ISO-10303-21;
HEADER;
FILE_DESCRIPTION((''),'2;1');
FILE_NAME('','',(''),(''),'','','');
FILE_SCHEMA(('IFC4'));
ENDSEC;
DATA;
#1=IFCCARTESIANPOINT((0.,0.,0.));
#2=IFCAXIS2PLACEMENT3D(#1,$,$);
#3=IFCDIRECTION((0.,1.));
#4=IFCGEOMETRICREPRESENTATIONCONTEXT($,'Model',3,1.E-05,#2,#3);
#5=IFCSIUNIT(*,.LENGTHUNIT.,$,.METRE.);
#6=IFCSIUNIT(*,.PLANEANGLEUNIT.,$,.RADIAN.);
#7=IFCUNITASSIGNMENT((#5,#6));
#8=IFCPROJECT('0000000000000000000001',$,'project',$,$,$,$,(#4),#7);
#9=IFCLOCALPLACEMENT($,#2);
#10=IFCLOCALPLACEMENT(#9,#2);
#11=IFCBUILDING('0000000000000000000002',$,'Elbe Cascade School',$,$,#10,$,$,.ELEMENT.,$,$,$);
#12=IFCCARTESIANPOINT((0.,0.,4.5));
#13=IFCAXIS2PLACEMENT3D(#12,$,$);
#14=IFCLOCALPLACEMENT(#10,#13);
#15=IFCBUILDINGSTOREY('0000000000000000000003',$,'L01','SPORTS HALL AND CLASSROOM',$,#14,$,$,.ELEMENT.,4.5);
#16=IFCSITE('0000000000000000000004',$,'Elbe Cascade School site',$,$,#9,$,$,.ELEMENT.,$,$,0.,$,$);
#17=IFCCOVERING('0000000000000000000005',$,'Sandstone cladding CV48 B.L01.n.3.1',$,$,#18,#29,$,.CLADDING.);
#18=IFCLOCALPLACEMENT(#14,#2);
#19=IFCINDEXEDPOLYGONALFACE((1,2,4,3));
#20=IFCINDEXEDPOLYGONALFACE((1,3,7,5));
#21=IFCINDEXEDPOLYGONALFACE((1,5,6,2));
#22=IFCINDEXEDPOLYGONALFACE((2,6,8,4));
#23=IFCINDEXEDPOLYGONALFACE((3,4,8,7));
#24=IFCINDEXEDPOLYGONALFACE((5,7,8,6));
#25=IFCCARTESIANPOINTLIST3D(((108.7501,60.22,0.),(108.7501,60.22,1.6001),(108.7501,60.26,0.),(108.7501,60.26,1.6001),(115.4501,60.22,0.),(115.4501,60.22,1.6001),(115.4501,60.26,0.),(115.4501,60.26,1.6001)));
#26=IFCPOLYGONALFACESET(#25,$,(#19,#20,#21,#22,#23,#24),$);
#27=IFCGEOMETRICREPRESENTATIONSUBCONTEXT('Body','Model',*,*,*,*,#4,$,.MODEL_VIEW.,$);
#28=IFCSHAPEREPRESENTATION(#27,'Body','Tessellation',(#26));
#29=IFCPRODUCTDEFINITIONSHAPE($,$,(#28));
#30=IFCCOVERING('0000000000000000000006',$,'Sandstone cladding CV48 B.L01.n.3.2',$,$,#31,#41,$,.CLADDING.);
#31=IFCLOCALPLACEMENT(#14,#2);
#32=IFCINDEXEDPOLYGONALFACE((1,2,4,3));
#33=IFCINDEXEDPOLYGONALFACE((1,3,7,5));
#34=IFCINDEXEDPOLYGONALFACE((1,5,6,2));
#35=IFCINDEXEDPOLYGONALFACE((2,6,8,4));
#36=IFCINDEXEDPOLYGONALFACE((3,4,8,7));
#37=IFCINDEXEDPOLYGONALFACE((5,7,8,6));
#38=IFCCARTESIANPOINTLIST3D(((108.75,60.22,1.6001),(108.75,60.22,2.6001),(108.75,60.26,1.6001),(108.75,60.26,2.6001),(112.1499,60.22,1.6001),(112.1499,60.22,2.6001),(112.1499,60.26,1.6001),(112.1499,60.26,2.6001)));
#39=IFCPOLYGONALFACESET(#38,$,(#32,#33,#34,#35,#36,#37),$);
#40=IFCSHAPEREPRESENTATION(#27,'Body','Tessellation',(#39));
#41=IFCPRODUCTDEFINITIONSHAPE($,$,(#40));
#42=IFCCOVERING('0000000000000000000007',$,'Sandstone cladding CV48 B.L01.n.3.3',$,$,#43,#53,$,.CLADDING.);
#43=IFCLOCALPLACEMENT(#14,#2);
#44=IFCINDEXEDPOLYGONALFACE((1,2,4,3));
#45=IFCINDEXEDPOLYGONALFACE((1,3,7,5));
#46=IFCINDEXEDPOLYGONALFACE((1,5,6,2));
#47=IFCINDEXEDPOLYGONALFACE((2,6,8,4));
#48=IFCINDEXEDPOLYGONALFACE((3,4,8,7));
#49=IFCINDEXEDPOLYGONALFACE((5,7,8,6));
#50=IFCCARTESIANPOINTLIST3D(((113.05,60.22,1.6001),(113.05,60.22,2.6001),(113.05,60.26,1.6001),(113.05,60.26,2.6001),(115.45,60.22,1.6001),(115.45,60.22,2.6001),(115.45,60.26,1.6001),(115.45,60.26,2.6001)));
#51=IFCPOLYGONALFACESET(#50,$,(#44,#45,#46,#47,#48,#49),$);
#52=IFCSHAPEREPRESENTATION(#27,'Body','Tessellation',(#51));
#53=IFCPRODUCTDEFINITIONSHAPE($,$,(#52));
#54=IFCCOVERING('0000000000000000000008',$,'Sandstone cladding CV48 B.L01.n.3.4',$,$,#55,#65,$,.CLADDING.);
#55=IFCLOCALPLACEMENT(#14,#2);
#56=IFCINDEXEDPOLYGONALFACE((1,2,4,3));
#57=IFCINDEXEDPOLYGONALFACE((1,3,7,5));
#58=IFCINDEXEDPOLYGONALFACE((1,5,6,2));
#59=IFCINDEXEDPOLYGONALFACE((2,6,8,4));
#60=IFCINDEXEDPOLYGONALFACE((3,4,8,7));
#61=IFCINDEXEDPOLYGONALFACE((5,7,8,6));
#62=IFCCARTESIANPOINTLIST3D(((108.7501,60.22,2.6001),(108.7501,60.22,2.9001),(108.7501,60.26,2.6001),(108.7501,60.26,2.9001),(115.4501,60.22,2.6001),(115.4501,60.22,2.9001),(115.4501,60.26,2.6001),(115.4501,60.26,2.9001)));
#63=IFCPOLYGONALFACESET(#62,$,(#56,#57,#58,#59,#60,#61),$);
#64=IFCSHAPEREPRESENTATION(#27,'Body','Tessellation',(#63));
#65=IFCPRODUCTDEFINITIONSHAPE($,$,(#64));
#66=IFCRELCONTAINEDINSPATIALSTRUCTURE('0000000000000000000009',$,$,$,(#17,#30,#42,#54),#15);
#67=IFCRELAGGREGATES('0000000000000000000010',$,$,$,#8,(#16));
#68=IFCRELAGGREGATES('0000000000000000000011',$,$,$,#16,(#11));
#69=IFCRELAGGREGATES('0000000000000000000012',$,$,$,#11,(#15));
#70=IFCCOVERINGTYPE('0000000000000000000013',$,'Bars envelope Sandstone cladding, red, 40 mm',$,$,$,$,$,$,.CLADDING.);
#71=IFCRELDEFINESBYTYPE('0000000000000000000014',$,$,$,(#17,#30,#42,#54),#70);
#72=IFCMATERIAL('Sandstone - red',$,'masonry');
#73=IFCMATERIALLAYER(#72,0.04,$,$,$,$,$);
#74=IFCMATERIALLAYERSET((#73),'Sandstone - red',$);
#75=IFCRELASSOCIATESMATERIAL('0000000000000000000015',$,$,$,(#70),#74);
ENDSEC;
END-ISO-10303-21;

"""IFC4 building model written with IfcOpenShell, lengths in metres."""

from ifc_helpers import new_model, si_unit, direction, frame, origin, origin_2d, place, context, subcontext, project, spatial, rectangle, extrude, material, layer, layer_set, type_object, element, save


model = new_model("IFC4")

# Units and contexts
model_context = context("Model", 3, precision=1e-05, world=origin(), true_north=direction((0.0, 1.0)))
body_context = subcontext(model_context, "Body", "Model", "MODEL_VIEW")
ifc_project = project(units=[si_unit("LENGTHUNIT", "METRE"), si_unit("PLANEANGLEUNIT", "RADIAN")], contexts=[model_context])

# Site, building, storey
site_placement = place(None, origin())
site = spatial("IfcSite", under=ifc_project, at=site_placement, Name="Elbe Cascade School site", CompositionType="ELEMENT", RefElevation=0.0)
building_placement = place(site_placement, origin())
building = spatial("IfcBuilding", under=site, at=building_placement, Name="Elbe Cascade School", CompositionType="ELEMENT")
storey_placement = place(building_placement, frame((0.0, 0.0, 4.5)))
storey = spatial("IfcBuildingStorey", under=building, at=storey_placement, Name="L01", Description="SPORTS HALL AND CLASSROOM", CompositionType="ELEMENT", Elevation=4.5)

# Coverings
ifc_material_1 = material(Name="Sandstone - red", Category="masonry")
ifc_layer_1 = layer(ifc_material_1, 0.04)
ifc_layer_set_1 = layer_set([ifc_layer_1], Name="Sandstone - red")
covering_type_1 = type_object("IfcCoveringType", Name="Bars envelope Sandstone cladding, red, 40 mm", PredefinedType="CLADDING", material=ifc_layer_set_1)
covering_1_placement = place(storey_placement, frame((112.1001, 60.24, 0.0), z_axis=(0.0, 0.0, 1.0), x_axis=(1.0, 0.0, 0.0)))
element("IfcCovering", 1, at=covering_1_placement, inside=storey, type_object=covering_type_1, Name="Sandstone cladding CV48 B.L01.n.3.1", PredefinedType="CLADDING", context=body_context, shape_type="SweptSolid", body=[
    extrude(rectangle(XDim=6.7, YDim=0.04, at=origin_2d()), origin(), (0.0, 0.0, 1.0), 1.6001),
])
covering_2_placement = place(storey_placement, frame((110.45, 60.24, 1.6001), z_axis=(0.0, 0.0, 1.0), x_axis=(1.0, 0.0, 0.0)))
element("IfcCovering", 2, at=covering_2_placement, inside=storey, type_object=covering_type_1, Name="Sandstone cladding CV48 B.L01.n.3.2", PredefinedType="CLADDING", context=body_context, shape_type="SweptSolid", body=[
    extrude(rectangle(XDim=3.3999, YDim=0.04, at=origin_2d()), origin(), (0.0, 0.0, 1.0), 1.0),
])
covering_3_placement = place(storey_placement, frame((114.25, 60.24, 1.6001), z_axis=(0.0, 0.0, 1.0), x_axis=(1.0, 0.0, 0.0)))
element("IfcCovering", 3, at=covering_3_placement, inside=storey, type_object=covering_type_1, Name="Sandstone cladding CV48 B.L01.n.3.3", PredefinedType="CLADDING", context=body_context, shape_type="SweptSolid", body=[
    extrude(rectangle(XDim=2.3999, YDim=0.04, at=origin_2d()), origin(), (0.0, 0.0, 1.0), 1.0),
])
covering_4_placement = place(storey_placement, frame((112.1001, 60.24, 2.6001), z_axis=(0.0, 0.0, 1.0), x_axis=(1.0, 0.0, 0.0)))
element("IfcCovering", 4, at=covering_4_placement, inside=storey, type_object=covering_type_1, Name="Sandstone cladding CV48 B.L01.n.3.4", PredefinedType="CLADDING", context=body_context, shape_type="SweptSolid", body=[
    extrude(rectangle(XDim=6.7, YDim=0.04, at=origin_2d()), origin(), (0.0, 0.0, 1.0), 0.3),
])

save(model, "model.ifc")
